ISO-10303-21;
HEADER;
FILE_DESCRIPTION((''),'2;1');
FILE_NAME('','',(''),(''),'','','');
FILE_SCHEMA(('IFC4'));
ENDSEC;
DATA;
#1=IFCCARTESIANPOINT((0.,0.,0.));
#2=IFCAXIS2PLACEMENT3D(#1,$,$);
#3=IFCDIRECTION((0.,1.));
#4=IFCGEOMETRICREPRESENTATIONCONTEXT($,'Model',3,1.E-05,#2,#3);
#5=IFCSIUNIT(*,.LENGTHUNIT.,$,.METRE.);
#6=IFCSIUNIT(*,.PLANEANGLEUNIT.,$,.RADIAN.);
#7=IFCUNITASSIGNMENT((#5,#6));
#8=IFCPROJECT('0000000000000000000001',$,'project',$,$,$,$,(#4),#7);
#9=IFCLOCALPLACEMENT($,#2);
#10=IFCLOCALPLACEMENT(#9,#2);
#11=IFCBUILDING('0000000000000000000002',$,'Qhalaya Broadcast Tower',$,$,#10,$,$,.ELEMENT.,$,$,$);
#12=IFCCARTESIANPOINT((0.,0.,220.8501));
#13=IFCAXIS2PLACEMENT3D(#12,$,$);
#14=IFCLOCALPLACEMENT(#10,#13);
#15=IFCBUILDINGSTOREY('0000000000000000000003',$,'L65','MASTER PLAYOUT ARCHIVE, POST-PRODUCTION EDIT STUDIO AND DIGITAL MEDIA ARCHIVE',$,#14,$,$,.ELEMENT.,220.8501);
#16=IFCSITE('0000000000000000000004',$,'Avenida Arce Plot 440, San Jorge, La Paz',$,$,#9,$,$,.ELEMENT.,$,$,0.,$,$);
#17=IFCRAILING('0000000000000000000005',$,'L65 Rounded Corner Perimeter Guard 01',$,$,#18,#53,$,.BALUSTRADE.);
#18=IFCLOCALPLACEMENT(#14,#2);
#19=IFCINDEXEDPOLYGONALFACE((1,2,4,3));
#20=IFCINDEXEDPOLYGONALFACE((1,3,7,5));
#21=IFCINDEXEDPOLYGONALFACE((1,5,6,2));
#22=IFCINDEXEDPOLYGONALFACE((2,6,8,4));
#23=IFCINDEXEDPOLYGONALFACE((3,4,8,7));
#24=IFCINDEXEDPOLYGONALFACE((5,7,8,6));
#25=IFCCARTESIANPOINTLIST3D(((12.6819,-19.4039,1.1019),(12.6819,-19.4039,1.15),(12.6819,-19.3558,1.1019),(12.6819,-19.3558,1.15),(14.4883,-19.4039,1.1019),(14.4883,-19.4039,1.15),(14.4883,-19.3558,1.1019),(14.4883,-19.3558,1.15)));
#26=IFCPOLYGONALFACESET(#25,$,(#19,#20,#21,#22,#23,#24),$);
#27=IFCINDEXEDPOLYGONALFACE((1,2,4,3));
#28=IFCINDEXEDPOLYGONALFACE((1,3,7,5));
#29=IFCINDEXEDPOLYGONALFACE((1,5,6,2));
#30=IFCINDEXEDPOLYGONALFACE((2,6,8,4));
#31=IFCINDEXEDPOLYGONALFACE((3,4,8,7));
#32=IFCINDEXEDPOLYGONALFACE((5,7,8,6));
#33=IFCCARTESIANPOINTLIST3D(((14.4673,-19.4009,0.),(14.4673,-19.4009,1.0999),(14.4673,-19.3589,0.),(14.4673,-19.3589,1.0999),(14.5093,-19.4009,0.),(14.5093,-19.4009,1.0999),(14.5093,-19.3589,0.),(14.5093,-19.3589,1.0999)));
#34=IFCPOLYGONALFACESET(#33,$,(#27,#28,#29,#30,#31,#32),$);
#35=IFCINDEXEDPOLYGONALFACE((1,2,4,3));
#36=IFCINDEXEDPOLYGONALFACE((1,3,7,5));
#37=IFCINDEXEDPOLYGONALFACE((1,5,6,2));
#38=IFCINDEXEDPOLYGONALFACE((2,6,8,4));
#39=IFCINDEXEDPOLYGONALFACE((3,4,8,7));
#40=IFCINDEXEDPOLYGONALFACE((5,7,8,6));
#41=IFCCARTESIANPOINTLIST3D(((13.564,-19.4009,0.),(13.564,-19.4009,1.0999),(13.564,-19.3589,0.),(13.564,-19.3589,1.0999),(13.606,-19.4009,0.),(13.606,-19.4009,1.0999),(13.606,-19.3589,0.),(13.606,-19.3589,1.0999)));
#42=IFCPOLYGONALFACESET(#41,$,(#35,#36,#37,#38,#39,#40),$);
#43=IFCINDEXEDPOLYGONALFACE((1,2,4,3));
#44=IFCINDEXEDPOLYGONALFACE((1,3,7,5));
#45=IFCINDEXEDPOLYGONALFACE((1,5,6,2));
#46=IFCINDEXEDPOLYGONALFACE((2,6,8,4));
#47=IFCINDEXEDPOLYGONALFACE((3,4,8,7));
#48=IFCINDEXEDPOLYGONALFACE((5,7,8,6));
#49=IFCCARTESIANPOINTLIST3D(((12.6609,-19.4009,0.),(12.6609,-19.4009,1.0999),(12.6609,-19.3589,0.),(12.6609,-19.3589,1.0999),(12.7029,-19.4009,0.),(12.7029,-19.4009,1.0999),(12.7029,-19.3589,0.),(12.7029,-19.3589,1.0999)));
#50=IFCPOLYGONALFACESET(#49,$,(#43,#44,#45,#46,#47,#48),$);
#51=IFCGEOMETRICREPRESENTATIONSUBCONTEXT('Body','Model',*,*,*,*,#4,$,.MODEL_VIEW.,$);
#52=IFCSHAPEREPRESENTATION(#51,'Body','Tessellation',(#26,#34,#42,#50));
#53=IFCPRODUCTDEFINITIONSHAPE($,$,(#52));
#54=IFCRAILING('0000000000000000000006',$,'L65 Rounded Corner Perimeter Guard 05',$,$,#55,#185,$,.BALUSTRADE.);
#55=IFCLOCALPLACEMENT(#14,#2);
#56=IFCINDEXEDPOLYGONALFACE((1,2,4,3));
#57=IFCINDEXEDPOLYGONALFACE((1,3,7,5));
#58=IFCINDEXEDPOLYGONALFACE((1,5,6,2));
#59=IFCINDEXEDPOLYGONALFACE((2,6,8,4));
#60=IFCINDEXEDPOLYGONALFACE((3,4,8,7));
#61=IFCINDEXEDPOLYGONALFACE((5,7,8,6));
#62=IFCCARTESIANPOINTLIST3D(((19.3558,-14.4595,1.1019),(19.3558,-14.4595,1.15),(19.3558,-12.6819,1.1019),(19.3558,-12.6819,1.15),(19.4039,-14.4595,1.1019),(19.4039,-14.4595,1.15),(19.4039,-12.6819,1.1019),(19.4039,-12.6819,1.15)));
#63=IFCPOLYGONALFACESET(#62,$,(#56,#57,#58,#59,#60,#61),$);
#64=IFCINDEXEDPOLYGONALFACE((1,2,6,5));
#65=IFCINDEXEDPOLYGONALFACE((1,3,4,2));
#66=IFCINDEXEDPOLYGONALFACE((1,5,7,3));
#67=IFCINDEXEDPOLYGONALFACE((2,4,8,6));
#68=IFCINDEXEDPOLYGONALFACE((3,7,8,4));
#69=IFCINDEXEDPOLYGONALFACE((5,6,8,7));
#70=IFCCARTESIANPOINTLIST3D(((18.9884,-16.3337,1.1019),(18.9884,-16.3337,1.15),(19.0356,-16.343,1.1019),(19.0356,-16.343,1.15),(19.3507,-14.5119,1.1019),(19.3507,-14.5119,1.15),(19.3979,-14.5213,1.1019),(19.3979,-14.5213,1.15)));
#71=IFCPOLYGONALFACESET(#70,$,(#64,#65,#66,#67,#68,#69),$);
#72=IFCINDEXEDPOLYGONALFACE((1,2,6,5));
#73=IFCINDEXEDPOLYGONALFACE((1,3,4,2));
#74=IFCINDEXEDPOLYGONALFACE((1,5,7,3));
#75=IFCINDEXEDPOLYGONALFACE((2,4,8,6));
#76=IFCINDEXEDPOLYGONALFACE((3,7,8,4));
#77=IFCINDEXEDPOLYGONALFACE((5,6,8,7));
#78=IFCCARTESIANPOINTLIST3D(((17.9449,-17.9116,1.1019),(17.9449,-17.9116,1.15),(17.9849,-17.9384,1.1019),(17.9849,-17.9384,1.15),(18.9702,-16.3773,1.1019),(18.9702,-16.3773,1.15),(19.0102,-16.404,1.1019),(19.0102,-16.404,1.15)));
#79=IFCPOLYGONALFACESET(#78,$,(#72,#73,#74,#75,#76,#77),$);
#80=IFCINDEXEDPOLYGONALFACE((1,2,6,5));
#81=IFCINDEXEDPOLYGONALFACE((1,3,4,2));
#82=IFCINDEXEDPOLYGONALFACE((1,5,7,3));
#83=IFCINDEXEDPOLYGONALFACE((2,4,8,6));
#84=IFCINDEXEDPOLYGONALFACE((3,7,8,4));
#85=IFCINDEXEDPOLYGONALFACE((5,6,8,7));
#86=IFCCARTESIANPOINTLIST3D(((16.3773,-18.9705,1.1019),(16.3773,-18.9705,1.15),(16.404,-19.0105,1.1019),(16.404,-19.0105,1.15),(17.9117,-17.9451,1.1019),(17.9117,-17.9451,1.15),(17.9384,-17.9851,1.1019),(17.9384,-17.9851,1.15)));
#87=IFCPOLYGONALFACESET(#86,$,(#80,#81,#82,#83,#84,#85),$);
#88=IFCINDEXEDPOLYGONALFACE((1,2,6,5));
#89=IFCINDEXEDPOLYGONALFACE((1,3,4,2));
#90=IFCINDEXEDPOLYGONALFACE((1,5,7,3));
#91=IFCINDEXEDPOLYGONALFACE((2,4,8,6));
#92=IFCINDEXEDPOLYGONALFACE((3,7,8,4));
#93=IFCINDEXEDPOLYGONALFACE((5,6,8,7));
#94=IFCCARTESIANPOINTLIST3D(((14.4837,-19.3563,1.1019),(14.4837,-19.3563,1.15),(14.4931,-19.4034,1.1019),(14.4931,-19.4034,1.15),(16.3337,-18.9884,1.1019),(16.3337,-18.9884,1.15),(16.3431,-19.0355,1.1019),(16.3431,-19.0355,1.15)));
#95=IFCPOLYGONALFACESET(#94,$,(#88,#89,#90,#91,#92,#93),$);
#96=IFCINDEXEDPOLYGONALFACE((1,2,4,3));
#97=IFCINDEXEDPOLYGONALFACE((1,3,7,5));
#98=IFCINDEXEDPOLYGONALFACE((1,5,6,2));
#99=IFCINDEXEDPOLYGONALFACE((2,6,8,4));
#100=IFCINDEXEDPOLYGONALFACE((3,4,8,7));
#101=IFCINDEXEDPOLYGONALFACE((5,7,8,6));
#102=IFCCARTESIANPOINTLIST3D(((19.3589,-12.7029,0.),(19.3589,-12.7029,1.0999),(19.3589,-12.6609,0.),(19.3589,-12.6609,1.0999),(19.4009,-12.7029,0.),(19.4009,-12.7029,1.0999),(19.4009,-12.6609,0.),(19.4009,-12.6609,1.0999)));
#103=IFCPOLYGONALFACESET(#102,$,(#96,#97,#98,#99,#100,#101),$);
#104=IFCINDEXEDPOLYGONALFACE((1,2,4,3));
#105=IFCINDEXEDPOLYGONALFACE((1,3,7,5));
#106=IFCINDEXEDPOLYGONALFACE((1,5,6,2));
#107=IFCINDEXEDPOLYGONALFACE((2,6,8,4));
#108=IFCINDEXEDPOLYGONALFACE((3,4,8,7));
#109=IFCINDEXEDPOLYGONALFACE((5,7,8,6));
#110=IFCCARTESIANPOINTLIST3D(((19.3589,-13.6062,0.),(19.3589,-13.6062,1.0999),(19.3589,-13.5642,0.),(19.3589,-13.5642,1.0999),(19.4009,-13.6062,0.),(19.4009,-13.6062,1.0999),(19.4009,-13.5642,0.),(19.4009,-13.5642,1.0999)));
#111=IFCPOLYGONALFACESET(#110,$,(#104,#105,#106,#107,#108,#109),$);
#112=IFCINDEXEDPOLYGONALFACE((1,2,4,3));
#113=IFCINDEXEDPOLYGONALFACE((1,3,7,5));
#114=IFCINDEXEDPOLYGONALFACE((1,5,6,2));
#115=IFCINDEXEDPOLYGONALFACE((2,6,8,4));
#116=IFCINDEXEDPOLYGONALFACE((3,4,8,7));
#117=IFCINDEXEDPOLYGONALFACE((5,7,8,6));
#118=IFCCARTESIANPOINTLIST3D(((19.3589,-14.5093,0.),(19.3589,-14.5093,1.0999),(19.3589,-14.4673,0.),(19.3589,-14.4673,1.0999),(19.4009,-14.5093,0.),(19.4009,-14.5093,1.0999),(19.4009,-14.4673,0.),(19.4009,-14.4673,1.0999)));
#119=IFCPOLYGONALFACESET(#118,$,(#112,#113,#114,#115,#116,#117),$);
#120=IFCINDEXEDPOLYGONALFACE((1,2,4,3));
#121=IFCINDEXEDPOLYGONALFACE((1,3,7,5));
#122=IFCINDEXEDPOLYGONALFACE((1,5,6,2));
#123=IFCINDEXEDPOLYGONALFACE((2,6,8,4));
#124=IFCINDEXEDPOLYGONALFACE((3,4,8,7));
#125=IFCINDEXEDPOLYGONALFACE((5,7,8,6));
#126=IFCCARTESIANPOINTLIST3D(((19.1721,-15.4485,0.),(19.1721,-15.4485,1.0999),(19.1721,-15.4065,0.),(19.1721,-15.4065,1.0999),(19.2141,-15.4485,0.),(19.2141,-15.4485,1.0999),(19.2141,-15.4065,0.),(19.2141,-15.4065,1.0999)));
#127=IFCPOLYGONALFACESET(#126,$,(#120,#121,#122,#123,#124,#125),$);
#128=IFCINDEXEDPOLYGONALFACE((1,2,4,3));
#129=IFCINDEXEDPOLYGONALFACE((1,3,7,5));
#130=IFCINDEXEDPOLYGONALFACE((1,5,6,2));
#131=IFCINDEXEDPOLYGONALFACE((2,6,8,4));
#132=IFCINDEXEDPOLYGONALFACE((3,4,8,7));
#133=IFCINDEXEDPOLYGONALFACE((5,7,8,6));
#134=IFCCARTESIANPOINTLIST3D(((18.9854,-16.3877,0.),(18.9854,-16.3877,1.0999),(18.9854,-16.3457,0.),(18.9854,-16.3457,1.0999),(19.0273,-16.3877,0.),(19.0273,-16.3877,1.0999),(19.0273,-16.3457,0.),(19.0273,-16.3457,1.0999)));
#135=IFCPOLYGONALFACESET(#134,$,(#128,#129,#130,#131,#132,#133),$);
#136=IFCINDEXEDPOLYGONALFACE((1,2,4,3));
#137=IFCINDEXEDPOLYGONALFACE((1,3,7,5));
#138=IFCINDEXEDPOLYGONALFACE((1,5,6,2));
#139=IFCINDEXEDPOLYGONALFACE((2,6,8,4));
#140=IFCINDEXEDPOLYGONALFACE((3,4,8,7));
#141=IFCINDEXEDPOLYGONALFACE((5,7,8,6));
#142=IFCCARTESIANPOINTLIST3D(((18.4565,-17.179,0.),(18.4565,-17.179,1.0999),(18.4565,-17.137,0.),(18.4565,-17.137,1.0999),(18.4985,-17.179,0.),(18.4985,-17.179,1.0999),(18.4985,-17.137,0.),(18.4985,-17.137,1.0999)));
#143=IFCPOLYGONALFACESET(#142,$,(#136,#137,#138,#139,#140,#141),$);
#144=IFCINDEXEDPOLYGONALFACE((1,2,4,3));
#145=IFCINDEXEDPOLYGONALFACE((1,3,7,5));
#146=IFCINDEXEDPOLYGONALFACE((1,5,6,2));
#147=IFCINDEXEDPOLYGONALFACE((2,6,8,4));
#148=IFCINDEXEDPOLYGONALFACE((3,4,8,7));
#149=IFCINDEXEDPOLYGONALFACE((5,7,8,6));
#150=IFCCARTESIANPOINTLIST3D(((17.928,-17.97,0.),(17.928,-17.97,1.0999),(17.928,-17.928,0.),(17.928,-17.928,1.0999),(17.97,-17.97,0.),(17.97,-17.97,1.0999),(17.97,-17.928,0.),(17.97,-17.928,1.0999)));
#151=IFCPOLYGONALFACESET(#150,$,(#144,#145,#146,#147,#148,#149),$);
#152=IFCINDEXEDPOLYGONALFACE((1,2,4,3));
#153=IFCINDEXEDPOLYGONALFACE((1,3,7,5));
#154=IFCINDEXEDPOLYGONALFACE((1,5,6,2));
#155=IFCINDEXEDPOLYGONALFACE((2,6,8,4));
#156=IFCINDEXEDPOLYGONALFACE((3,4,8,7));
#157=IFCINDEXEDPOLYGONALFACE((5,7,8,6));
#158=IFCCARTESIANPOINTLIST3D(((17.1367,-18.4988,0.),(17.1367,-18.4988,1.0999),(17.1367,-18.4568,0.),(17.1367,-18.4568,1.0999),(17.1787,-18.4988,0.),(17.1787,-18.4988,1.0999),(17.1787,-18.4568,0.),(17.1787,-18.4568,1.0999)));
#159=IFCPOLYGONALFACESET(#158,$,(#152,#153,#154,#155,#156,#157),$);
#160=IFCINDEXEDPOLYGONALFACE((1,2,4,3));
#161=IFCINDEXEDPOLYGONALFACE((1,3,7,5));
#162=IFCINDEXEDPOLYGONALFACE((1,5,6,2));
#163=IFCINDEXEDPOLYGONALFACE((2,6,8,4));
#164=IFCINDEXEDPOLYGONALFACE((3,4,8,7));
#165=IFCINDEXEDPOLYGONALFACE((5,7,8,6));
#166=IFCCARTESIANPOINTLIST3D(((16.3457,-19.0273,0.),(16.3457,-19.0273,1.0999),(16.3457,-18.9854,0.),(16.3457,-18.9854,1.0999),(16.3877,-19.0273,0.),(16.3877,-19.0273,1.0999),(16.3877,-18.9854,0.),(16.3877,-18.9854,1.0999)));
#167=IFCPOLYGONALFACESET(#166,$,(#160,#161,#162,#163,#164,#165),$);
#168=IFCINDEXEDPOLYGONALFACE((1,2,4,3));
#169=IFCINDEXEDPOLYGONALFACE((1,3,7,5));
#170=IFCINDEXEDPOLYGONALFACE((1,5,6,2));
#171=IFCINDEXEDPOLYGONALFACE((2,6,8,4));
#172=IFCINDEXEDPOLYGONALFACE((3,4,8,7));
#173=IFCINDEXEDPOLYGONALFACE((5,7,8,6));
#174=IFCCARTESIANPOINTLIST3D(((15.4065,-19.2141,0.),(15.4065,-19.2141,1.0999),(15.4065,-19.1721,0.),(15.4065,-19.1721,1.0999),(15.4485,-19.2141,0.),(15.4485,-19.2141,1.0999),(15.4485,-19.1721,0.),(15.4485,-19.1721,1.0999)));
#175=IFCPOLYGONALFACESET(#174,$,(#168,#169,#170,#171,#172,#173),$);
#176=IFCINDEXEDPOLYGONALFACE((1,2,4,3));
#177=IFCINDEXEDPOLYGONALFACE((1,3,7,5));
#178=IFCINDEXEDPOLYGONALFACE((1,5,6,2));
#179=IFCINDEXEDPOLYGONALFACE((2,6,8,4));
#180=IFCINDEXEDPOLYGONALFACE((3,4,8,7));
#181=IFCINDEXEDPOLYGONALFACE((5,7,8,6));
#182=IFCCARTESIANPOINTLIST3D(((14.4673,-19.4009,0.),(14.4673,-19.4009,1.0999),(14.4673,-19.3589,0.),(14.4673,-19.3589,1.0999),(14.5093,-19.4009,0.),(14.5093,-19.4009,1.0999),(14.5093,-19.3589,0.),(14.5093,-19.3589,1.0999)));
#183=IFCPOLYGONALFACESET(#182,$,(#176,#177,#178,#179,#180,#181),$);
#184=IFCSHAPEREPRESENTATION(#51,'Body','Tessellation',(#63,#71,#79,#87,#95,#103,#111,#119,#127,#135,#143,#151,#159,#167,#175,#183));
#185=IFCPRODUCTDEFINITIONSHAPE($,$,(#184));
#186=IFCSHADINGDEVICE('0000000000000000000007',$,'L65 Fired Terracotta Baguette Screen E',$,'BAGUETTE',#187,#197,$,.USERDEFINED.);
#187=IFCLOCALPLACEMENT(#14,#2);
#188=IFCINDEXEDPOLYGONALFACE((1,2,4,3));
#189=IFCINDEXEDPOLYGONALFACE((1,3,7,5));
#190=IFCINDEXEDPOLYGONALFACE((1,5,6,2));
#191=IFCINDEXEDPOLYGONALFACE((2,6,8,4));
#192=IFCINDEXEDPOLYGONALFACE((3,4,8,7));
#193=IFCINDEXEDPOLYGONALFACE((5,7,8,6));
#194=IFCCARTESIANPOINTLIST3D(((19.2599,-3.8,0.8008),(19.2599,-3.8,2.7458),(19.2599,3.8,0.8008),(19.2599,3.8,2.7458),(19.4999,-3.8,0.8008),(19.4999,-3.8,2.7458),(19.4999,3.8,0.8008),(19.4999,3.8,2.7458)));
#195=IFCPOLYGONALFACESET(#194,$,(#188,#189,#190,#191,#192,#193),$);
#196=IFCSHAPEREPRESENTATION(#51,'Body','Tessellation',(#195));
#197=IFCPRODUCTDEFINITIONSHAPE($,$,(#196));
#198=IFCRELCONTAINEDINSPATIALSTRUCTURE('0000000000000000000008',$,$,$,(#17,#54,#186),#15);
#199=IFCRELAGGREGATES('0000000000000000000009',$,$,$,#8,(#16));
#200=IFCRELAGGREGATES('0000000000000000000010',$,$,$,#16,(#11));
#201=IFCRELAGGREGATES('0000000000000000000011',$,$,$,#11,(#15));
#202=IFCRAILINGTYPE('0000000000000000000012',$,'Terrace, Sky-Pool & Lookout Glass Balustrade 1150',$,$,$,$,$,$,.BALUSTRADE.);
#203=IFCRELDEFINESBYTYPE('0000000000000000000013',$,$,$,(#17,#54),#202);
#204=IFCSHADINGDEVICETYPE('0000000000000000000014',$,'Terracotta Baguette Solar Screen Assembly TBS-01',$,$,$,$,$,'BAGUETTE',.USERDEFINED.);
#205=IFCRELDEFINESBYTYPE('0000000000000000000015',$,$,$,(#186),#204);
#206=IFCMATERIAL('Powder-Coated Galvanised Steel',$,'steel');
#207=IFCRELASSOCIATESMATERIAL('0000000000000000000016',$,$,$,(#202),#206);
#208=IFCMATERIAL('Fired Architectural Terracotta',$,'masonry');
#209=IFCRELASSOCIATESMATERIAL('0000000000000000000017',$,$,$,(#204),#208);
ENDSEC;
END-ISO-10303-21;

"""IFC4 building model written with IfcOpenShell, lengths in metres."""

from ifc_helpers import new_model, si_unit, direction, frame, origin, origin_2d, place, context, subcontext, project, spatial, rectangle, extrude, material, type_object, element, save


model = new_model("IFC4")

# Units and contexts
model_context = context("Model", 3, precision=1e-05, world=origin(), true_north=direction((0.0, 1.0)))
body_context = subcontext(model_context, "Body", "Model", "MODEL_VIEW")
ifc_project = project(units=[si_unit("LENGTHUNIT", "METRE"), si_unit("PLANEANGLEUNIT", "RADIAN")], contexts=[model_context])

# Site, building, storey
site_placement = place(None, origin())
site = spatial("IfcSite", under=ifc_project, at=site_placement, Name="Avenida Arce Plot 440, San Jorge, La Paz", CompositionType="ELEMENT", RefElevation=0.0)
building_placement = place(site_placement, origin())
building = spatial("IfcBuilding", under=site, at=building_placement, Name="Qhalaya Broadcast Tower", CompositionType="ELEMENT")
storey_placement = place(building_placement, frame((0.0, 0.0, 220.8501)))
storey = spatial("IfcBuildingStorey", under=building, at=storey_placement, Name="L65", Description="MASTER PLAYOUT ARCHIVE, POST-PRODUCTION EDIT STUDIO AND DIGITAL MEDIA ARCHIVE", CompositionType="ELEMENT", Elevation=220.8501)

# Railings
ifc_material_1 = material(Name="Powder-Coated Galvanised Steel", Category="steel")
railing_type = type_object("IfcRailingType", Name="Terrace, Sky-Pool & Lookout Glass Balustrade 1150", PredefinedType="BALUSTRADE", material=ifc_material_1)
railing_1_placement = place(storey_placement, frame((14.4883, -19.3799, 0.0)))
element("IfcRailing", 1, at=railing_1_placement, inside=storey, type_object=railing_type, Name="L65 Rounded Corner Perimeter Guard 01", PredefinedType="BALUSTRADE", context=body_context, shape_type="SweptSolid", body=[
    extrude(rectangle(XDim=0.0481, YDim=0.0481, at=origin_2d()), frame((0.0, 0.0, 1.126), z_axis=(-1.0, 0.0, 0.0), x_axis=(0.0, -1.0, 0.0)), (0.0, 0.0, 1.0), 1.8064),
    extrude(rectangle(XDim=0.042, YDim=0.042, at=origin_2d()), origin(), (0.0, 0.0, 1.0), 1.0999),
    extrude(rectangle(XDim=0.042, YDim=0.042, at=origin_2d()), frame((-0.9033, 0.0, 0.0)), (0.0, 0.0, 1.0), 1.0999),
    extrude(rectangle(XDim=0.042, YDim=0.042, at=origin_2d()), frame((-1.8064, 0.0, 0.0)), (0.0, 0.0, 1.0), 1.0999),
])
railing_2_placement = place(storey_placement, frame((19.3799, -12.6819, 0.0)))
element("IfcRailing", 2, at=railing_2_placement, inside=storey, type_object=railing_type, Name="L65 Rounded Corner Perimeter Guard 05", PredefinedType="BALUSTRADE", context=body_context, shape_type="SweptSolid", body=[
    extrude(rectangle(XDim=0.0481, YDim=0.0481, at=origin_2d()), frame((0.0, 0.0, 1.126), z_axis=(0.0, -1.0, 0.0), x_axis=(1.0, 0.0, 0.0)), (0.0, 0.0, 1.0), 1.7776),
    extrude(rectangle(XDim=0.0481, YDim=0.0481, at=origin_2d()), frame((-0.0056, -1.8347, 1.126), z_axis=(-0.195037, -0.980796, 0.0), x_axis=(0.980796, -0.195037, 0.0)), (0.0, 0.0, 1.0), 1.8574),
    extrude(rectangle(XDim=0.0481, YDim=0.0481, at=origin_2d()), frame((-0.3896, -3.7087, 1.126), z_axis=(-0.555618, -0.831438, 0.0), x_axis=(0.831438, -0.555618, 0.0)), (0.0, 0.0, 1.0), 1.8455),
    extrude(rectangle(XDim=0.0481, YDim=0.0481, at=origin_2d()), frame((-1.4548, -5.2832, 1.126), z_axis=(-0.831438, -0.555618, 0.0), x_axis=(0.555618, -0.831438, 0.0)), (0.0, 0.0, 1.0), 1.8455),
    extrude(rectangle(XDim=0.0481, YDim=0.0481, at=origin_2d()), frame((-3.0415, -6.3301, 1.126), z_axis=(-0.980796, -0.195037, 0.0), x_axis=(0.195037, -0.980796, 0.0)), (0.0, 0.0, 1.0), 1.8862),
    extrude(rectangle(XDim=0.042, YDim=0.042, at=origin_2d()), origin(), (0.0, 0.0, 1.0), 1.0999),
    extrude(rectangle(XDim=0.042, YDim=0.042, at=origin_2d()), frame((0.0, -0.9033, 0.0)), (0.0, 0.0, 1.0), 1.0999),
    extrude(rectangle(XDim=0.042, YDim=0.042, at=origin_2d()), frame((0.0, -1.8064, 0.0)), (0.0, 0.0, 1.0), 1.0999),
    extrude(rectangle(XDim=0.042, YDim=0.042, at=origin_2d()), frame((-0.1868, -2.7456, 0.0)), (0.0, 0.0, 1.0), 1.0999),
    extrude(rectangle(XDim=0.042, YDim=0.042, at=origin_2d()), frame((-0.3735, -3.6848, 0.0)), (0.0, 0.0, 1.0), 1.0999),
    extrude(rectangle(XDim=0.042, YDim=0.042, at=origin_2d()), frame((-0.9023, -4.4761, 0.0)), (0.0, 0.0, 1.0), 1.0999),
    extrude(rectangle(XDim=0.042, YDim=0.042, at=origin_2d()), frame((-1.4309, -5.2671, 0.0)), (0.0, 0.0, 1.0), 1.0999),
    extrude(rectangle(XDim=0.042, YDim=0.042, at=origin_2d()), frame((-2.2222, -5.7959, 0.0)), (0.0, 0.0, 1.0), 1.0999),
    extrude(rectangle(XDim=0.042, YDim=0.042, at=origin_2d()), frame((-3.0132, -6.3245, 0.0)), (0.0, 0.0, 1.0), 1.0999),
    extrude(rectangle(XDim=0.042, YDim=0.042, at=origin_2d()), frame((-3.9524, -6.5112, 0.0)), (0.0, 0.0, 1.0), 1.0999),
    extrude(rectangle(XDim=0.042, YDim=0.042, at=origin_2d()), frame((-4.8916, -6.698, 0.0)), (0.0, 0.0, 1.0), 1.0999),
])

# Shading device
ifc_material_2 = material(Name="Fired Architectural Terracotta", Category="masonry")
shading_device_type = type_object("IfcShadingDeviceType", Name="Terracotta Baguette Solar Screen Assembly TBS-01", ElementType="BAGUETTE", PredefinedType="USERDEFINED", material=ifc_material_2)
shading_device_placement = place(storey_placement, frame((19.3799, 0.0, 0.8008), z_axis=(0.0, 0.0, 1.0), x_axis=(0.0, 1.0, 0.0)))
element("IfcShadingDevice", 3, at=shading_device_placement, inside=storey, type_object=shading_device_type, Name="L65 Fired Terracotta Baguette Screen E", ObjectType="BAGUETTE", PredefinedType="USERDEFINED", context=body_context, shape_type="SweptSolid", body=[
    extrude(rectangle(XDim=7.6001, YDim=0.24, at=origin_2d()), origin(), (0.0, 0.0, 1.0), 1.9451),
])

save(model, "model.ifc")
